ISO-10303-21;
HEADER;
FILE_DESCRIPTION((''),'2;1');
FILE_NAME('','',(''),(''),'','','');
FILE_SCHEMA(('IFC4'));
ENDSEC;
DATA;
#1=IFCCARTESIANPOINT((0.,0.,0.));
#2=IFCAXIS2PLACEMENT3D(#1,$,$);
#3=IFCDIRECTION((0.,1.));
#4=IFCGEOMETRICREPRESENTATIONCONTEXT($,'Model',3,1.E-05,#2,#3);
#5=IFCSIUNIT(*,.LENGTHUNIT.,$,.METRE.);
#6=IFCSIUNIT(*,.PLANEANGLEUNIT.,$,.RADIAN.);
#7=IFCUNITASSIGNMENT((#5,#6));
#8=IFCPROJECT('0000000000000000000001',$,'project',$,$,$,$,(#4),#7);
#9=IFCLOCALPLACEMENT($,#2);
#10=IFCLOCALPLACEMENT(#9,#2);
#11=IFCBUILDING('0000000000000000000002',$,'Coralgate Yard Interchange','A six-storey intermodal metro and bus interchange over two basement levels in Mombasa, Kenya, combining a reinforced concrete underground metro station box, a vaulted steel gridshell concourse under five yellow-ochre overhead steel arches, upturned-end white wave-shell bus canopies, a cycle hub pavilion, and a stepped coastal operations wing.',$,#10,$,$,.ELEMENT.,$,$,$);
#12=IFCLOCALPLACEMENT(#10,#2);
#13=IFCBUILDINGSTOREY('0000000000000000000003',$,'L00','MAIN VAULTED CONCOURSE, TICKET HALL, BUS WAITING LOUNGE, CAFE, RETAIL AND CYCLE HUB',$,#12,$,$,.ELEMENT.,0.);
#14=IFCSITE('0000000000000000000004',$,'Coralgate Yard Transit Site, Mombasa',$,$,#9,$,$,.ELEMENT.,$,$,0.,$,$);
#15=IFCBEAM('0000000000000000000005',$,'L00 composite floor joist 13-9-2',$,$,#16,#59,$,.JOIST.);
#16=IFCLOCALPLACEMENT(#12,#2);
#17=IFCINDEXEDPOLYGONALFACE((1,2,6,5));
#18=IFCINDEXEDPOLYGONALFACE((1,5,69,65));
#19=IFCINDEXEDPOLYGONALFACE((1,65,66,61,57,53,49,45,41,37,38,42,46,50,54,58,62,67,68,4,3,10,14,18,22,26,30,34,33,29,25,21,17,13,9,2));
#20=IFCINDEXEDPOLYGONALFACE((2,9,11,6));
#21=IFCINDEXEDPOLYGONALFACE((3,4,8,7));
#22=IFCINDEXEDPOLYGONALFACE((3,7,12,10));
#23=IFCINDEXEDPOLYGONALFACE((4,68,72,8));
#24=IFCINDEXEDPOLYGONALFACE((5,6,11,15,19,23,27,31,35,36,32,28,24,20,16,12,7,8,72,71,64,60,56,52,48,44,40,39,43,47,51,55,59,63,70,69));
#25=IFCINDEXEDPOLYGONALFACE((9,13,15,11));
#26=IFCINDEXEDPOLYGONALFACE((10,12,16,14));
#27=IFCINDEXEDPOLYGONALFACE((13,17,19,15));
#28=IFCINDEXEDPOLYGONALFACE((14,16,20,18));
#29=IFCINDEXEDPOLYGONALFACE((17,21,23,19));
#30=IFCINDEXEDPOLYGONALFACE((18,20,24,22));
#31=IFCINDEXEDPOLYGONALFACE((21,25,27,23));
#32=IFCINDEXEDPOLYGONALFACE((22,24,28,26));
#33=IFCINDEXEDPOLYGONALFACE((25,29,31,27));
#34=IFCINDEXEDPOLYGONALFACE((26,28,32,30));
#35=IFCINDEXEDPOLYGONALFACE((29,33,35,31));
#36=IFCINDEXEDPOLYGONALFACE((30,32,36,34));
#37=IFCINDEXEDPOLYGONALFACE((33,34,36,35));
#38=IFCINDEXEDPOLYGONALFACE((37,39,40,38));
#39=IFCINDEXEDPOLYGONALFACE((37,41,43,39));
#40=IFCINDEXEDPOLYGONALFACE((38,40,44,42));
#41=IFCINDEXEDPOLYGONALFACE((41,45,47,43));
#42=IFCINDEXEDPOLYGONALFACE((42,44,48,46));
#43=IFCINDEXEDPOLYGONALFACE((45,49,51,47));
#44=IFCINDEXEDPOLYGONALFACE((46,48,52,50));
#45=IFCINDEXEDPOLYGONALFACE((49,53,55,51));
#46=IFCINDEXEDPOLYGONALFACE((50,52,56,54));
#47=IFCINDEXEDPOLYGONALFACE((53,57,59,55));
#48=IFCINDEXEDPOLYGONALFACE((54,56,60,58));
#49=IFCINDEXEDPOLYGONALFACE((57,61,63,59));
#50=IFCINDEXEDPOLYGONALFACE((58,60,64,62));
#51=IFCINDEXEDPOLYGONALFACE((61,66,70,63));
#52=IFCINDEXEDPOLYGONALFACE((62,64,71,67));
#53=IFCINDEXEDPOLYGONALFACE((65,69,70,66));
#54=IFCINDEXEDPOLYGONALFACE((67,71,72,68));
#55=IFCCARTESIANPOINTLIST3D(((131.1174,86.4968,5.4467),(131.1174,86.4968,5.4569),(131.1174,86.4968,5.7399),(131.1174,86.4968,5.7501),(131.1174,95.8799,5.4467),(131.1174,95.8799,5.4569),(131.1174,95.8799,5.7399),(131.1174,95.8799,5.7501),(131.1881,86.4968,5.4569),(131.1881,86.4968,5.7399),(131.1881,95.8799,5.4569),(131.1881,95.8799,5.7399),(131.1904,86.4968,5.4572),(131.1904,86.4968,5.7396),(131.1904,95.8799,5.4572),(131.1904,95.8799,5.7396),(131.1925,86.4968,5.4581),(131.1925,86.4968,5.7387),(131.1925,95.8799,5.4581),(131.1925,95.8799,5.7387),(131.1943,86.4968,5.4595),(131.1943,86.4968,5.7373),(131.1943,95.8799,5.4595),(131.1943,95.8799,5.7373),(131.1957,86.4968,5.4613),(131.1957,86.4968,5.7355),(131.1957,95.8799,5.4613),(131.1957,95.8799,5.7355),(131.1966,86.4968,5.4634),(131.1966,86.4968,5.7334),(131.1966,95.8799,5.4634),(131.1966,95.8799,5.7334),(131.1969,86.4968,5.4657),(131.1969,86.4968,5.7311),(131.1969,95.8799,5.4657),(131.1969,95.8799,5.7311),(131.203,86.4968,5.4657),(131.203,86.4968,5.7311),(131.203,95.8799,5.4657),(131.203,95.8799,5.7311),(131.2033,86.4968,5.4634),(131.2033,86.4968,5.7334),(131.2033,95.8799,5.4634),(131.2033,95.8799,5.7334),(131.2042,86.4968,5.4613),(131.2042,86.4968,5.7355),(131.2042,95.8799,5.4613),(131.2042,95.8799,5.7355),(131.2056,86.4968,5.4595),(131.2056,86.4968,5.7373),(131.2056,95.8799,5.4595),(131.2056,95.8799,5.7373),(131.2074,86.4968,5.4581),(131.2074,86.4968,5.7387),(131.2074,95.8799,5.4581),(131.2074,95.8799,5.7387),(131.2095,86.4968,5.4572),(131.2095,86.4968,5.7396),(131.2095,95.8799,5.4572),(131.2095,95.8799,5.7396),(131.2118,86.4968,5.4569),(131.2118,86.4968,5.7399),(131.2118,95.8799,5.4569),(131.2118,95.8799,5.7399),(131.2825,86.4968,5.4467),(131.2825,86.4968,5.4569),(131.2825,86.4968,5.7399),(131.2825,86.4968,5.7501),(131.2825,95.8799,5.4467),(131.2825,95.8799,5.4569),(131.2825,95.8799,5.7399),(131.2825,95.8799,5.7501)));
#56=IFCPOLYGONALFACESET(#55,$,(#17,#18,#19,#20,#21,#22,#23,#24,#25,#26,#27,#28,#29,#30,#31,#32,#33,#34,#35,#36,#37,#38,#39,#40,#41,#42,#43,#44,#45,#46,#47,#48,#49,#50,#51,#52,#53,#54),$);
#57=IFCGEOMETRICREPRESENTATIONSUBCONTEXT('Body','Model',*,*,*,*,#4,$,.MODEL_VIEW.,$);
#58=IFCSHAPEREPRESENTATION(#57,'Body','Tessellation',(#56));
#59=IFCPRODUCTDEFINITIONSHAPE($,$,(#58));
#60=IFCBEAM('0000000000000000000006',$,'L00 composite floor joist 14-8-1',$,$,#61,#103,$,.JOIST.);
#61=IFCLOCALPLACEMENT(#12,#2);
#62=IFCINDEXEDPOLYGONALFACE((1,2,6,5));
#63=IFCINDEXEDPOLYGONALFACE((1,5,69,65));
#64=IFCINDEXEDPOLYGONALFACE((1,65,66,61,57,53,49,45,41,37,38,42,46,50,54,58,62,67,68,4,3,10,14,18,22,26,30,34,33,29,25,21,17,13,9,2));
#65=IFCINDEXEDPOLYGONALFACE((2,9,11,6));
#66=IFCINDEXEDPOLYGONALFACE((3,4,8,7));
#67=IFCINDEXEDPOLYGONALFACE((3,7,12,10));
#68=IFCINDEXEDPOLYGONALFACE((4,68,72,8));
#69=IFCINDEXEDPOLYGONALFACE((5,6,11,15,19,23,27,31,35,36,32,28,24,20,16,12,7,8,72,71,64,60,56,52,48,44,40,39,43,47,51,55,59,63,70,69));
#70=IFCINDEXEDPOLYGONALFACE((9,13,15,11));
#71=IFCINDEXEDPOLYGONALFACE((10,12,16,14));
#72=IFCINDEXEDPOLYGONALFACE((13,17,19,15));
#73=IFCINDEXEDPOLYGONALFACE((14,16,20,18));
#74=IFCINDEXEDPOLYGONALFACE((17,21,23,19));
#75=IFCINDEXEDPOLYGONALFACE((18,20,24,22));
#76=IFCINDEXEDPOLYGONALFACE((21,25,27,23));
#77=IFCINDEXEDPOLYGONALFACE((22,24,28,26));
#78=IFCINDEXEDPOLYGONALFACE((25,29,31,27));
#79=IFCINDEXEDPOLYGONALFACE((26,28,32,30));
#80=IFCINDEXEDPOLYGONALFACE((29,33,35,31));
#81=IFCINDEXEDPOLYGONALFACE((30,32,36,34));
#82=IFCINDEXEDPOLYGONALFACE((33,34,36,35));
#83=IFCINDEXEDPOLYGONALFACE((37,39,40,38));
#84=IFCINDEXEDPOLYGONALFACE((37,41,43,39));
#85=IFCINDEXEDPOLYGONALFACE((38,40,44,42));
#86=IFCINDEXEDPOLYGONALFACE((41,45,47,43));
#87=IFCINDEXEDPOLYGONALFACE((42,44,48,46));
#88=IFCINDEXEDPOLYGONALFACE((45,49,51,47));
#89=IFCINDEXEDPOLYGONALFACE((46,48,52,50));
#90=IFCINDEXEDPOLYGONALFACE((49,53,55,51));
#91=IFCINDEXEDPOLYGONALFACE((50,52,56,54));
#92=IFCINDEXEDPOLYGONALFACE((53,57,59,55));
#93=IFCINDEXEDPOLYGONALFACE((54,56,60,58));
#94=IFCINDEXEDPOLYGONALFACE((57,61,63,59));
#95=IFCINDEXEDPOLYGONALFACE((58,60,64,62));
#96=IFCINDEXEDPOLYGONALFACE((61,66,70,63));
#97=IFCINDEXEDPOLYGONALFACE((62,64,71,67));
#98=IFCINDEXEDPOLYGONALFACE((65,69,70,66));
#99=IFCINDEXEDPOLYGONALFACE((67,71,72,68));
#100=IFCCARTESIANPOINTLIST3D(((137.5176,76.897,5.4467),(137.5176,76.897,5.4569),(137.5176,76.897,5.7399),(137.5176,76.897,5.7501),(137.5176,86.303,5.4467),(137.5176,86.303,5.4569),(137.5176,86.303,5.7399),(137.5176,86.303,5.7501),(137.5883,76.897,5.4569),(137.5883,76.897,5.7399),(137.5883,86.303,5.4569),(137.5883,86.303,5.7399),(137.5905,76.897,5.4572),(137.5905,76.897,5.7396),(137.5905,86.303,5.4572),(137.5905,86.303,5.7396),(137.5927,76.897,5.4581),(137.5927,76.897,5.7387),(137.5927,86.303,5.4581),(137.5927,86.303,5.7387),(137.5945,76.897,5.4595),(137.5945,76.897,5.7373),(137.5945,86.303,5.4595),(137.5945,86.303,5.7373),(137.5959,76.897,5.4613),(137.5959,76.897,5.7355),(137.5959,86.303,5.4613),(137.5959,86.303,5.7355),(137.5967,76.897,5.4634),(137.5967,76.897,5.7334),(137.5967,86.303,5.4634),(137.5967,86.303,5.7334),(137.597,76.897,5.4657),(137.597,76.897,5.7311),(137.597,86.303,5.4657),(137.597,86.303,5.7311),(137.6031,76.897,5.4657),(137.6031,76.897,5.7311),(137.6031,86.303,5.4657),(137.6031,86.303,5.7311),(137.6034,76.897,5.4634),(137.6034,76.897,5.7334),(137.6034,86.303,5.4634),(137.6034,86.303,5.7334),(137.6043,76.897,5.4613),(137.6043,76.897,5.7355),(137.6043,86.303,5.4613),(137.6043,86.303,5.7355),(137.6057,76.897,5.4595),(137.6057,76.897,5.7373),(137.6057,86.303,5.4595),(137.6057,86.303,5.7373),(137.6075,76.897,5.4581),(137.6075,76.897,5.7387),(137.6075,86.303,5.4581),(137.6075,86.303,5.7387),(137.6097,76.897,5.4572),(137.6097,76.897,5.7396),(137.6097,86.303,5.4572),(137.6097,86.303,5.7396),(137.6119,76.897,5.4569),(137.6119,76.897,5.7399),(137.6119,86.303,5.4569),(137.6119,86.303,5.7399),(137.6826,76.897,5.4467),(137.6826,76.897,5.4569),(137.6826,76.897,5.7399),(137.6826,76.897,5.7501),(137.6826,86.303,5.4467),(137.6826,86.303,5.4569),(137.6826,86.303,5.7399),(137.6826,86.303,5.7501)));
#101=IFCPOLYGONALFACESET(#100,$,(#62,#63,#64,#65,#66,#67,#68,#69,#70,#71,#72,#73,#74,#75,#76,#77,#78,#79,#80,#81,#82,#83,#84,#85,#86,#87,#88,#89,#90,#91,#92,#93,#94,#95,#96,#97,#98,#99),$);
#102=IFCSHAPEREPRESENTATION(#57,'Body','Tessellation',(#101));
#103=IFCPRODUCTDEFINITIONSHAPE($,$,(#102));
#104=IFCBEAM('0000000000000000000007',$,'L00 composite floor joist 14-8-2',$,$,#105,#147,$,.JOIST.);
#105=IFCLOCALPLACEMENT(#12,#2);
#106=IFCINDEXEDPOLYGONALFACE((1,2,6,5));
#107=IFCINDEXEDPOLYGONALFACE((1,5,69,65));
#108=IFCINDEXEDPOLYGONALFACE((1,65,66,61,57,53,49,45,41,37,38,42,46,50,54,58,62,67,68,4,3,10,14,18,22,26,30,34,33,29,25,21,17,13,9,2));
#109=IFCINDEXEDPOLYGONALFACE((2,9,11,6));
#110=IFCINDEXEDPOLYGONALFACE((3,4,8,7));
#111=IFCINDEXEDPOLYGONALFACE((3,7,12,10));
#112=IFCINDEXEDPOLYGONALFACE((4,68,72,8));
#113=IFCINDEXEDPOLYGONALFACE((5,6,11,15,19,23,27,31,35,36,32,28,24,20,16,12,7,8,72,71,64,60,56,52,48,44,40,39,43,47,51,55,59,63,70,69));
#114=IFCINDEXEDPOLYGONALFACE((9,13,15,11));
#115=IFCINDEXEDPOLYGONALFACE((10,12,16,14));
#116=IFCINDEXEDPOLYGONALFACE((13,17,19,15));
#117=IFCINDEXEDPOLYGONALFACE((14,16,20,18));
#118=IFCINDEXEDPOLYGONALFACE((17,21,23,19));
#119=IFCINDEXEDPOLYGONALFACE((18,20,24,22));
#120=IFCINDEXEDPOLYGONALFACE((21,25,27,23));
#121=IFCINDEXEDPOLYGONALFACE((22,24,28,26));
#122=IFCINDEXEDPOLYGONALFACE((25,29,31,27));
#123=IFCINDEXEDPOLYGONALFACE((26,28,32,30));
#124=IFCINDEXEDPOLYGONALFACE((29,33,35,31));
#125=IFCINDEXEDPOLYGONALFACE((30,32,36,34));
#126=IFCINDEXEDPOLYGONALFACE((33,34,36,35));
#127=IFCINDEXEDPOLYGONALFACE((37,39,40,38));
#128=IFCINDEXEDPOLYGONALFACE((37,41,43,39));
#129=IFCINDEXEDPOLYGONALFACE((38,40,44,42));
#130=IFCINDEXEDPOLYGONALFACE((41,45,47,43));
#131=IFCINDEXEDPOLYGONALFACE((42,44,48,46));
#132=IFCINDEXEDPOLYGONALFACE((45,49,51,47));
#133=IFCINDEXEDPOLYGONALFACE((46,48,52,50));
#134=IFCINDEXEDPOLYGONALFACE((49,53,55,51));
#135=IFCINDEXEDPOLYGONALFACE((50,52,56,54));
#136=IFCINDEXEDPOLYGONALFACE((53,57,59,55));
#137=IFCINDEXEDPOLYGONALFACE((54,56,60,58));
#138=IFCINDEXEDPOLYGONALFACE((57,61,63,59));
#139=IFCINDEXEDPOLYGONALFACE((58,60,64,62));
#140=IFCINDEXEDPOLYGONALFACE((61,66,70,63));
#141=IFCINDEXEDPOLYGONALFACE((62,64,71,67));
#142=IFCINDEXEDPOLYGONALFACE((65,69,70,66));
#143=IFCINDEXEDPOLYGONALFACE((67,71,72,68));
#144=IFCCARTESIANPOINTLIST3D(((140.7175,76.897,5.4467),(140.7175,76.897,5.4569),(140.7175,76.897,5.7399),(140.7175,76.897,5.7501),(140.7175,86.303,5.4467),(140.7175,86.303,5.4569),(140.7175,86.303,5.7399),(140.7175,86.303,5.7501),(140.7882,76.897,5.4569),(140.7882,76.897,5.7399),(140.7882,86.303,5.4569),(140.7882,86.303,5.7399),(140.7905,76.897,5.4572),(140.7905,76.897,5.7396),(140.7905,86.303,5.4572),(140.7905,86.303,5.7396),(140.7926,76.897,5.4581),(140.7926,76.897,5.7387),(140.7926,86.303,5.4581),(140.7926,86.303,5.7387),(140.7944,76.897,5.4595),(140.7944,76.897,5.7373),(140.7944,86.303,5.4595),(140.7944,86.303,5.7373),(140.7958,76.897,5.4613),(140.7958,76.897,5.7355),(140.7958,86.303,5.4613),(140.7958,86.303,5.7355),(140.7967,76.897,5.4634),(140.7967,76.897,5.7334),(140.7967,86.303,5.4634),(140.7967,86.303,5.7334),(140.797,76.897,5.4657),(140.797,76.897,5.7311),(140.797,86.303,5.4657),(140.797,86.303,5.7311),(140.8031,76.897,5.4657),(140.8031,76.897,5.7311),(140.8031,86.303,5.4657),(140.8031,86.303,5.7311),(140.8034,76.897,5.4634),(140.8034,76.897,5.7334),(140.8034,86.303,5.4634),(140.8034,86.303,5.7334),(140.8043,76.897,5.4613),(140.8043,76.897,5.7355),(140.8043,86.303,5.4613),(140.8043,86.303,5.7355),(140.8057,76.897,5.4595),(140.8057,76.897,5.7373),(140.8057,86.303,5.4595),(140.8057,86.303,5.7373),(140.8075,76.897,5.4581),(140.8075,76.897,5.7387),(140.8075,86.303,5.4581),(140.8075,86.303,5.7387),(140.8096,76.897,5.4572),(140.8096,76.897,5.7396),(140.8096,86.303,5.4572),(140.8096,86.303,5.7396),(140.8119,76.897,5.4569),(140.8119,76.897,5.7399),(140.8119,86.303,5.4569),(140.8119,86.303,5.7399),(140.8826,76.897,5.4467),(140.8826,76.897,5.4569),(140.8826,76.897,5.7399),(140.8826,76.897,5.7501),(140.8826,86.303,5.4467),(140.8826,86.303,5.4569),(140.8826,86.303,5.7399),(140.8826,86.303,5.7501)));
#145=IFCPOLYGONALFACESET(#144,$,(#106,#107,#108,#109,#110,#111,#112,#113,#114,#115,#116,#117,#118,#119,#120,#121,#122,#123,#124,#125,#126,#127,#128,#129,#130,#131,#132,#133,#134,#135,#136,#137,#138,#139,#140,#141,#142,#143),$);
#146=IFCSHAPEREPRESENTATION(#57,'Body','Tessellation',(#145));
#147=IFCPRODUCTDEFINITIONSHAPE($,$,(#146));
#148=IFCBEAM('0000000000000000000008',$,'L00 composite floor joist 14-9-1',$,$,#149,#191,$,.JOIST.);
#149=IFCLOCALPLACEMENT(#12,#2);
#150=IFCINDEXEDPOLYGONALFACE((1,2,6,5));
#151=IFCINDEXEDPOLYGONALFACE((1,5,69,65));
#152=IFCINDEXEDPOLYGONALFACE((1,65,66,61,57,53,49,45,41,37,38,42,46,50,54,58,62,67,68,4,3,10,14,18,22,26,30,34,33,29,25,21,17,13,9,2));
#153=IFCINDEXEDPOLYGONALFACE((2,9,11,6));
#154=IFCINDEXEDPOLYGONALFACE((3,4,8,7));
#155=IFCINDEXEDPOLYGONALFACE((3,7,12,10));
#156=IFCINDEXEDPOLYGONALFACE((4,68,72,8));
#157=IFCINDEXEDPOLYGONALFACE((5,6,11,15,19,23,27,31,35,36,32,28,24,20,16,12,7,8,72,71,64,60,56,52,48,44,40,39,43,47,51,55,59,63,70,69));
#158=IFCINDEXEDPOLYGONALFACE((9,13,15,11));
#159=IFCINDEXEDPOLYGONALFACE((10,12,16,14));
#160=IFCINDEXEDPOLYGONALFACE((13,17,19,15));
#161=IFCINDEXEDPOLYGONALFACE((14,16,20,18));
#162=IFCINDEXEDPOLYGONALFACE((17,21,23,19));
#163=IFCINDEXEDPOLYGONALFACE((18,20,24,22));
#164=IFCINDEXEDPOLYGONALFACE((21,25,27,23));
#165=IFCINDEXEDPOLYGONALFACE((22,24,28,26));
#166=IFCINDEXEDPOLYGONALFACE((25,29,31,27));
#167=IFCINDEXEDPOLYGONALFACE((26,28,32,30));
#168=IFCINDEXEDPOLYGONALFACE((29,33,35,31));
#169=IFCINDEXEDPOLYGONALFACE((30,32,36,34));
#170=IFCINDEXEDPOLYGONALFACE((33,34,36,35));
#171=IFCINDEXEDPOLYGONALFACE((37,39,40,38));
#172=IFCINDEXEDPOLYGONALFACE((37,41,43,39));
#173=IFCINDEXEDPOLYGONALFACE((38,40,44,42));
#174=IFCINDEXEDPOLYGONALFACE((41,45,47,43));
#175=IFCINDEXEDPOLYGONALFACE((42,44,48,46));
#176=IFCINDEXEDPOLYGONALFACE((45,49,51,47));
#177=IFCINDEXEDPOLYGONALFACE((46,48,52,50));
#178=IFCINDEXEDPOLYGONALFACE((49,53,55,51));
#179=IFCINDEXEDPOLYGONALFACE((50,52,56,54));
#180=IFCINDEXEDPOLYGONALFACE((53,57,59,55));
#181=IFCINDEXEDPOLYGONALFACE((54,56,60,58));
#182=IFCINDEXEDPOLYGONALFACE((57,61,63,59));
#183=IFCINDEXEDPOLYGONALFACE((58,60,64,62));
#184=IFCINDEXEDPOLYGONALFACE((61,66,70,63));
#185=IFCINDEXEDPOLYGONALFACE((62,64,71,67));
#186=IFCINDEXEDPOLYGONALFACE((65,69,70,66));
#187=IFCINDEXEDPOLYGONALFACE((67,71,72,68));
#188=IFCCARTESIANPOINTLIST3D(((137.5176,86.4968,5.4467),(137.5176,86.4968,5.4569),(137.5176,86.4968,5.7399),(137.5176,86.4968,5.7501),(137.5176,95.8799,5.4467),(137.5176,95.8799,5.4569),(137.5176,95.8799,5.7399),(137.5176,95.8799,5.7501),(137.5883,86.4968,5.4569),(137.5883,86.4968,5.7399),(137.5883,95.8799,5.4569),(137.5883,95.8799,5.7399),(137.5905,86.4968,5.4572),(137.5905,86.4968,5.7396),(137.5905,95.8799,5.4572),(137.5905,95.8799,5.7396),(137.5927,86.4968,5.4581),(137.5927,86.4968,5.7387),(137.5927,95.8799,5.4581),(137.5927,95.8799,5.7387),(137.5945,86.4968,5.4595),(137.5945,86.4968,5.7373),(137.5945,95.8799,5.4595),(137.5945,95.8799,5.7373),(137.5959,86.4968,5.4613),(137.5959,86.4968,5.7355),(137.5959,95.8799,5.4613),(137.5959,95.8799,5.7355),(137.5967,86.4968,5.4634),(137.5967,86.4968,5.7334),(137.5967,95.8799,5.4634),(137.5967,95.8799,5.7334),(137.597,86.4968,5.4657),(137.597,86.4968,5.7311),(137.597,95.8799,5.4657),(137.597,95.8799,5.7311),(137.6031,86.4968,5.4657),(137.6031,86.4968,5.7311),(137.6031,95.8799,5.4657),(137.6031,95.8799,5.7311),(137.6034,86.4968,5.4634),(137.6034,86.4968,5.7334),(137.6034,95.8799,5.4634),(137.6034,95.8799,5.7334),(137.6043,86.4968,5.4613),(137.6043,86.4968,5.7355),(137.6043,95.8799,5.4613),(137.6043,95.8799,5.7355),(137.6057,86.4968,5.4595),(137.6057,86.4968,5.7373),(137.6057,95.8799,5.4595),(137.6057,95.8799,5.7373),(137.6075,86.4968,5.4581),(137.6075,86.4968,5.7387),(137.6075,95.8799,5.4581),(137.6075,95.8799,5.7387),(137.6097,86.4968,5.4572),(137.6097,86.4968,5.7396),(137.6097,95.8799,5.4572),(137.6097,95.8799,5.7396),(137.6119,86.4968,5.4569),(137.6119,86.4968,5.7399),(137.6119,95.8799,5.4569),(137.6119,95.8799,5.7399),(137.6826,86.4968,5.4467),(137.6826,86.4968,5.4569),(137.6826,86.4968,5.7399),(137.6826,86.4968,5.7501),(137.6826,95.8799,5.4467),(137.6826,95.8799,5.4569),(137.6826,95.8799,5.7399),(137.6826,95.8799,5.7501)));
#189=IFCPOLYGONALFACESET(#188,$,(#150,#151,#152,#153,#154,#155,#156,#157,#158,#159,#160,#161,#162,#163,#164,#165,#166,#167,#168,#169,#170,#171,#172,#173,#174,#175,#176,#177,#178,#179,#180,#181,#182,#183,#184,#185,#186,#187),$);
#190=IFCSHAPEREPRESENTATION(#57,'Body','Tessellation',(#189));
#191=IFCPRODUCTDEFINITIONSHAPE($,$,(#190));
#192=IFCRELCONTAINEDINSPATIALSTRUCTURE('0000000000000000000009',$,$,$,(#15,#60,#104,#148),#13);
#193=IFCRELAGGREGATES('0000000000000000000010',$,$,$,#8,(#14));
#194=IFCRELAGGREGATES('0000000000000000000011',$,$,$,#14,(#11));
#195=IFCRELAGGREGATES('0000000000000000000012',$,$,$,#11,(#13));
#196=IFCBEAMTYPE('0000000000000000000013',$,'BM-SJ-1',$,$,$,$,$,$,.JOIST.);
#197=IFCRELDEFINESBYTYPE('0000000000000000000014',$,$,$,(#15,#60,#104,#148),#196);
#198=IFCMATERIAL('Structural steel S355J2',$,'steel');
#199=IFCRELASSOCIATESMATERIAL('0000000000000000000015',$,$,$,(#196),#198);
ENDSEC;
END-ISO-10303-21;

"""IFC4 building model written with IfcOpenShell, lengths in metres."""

from ifc_helpers import new_model, si_unit, direction, frame, origin, origin_2d, place, context, subcontext, project, spatial, i_section, extrude, material, material_profile, profile_set, type_object, element, save


model = new_model("IFC4")

# Units and contexts
model_context = context("Model", 3, precision=1e-05, world=origin(), true_north=direction((0.0, 1.0)))
body_context = subcontext(model_context, "Body", "Model", "MODEL_VIEW")
ifc_project = project(units=[si_unit("LENGTHUNIT", "METRE"), si_unit("PLANEANGLEUNIT", "RADIAN")], contexts=[model_context])

# Site, building, storey
site_placement = place(None, origin())
site = spatial("IfcSite", under=ifc_project, at=site_placement, Name="Coralgate Yard Transit Site, Mombasa", CompositionType="ELEMENT", RefElevation=0.0)
building_placement = place(site_placement, origin())
building = spatial("IfcBuilding", under=site, at=building_placement, Name="Coralgate Yard Interchange", Description="A six-storey intermodal metro and bus interchange over two basement levels in Mombasa, Kenya, combining a reinforced concrete underground metro station box, a vaulted steel gridshell concourse under five yellow-ochre overhead steel arches, upturned-end white wave-shell bus canopies, a cycle hub pavilion, and a stepped coastal operations wing.", CompositionType="ELEMENT")
storey_placement = place(building_placement, origin())
storey = spatial("IfcBuildingStorey", under=building, at=storey_placement, Name="L00", Description="MAIN VAULTED CONCOURSE, TICKET HALL, BUS WAITING LOUNGE, CAFE, RETAIL AND CYCLE HUB", CompositionType="ELEMENT", Elevation=0.0)

# Shared definitions
ifc_material_1 = material(Name="Structural steel S355J2", Category="steel")

# Beams
ifc_material_profile_1 = material_profile(ifc_material_1, i_section(OverallWidth=0.165, OverallDepth=0.3035, WebThickness=0.0061, FlangeThickness=0.0103, FilletRadius=0.0088, at=origin_2d()), Name="UB 305x165x40")
ifc_profile_set_1 = profile_set([ifc_material_profile_1], Name="Structural steel S355J2")
beam_type_1 = type_object("IfcBeamType", Name="BM-SJ-1", PredefinedType="JOIST", material=ifc_profile_set_1)
beam_1_placement = place(storey_placement, frame((131.2, 86.4968, 5.5984), z_axis=(0.0, 1.0, 0.0), x_axis=(-1.0, 0.0, 0.0)))
element("IfcBeam", 1, at=beam_1_placement, inside=storey, type_object=beam_type_1, Name="L00 composite floor joist 13-9-2", PredefinedType="JOIST", context=body_context, shape_type="SweptSolid", body=[
    extrude(i_section(OverallWidth=0.165, OverallDepth=0.3035, WebThickness=0.0061, FlangeThickness=0.0103, FilletRadius=0.0088, at=origin_2d()), origin(), (0.0, 0.0, 1.0), 9.3831),
])
for number, where, z_axis, x_axis, name in (
    (2, (137.6001, 76.897, 5.5984), (0.0, 1.0, 0.0), (-1.0, 0.0, 0.0), "L00 composite floor joist 14-8-1"),
    (3, (140.8, 76.897, 5.5984), (0.0, 1.0, 0.0), (-1.0, 0.0, 0.0), "L00 composite floor joist 14-8-2"),
):
    element("IfcBeam", number, at=place(storey_placement, frame(where, z_axis=z_axis, x_axis=x_axis)), inside=storey, type_object=beam_type_1, Name=name, PredefinedType="JOIST", context=body_context, shape_type="SweptSolid", body=[
        extrude(i_section(OverallWidth=0.165, OverallDepth=0.3035, WebThickness=0.0061, FlangeThickness=0.0103, FilletRadius=0.0088, at=origin_2d()), origin(), (0.0, 0.0, 1.0), 9.406),
    ])
for number, where, z_axis, x_axis, name in (
    (4, (137.6001, 86.4968, 5.5984), (0.0, 1.0, 0.0), (-1.0, 0.0, 0.0), "L00 composite floor joist 14-9-1"),
):
    element("IfcBeam", number, at=place(storey_placement, frame(where, z_axis=z_axis, x_axis=x_axis)), inside=storey, type_object=beam_type_1, Name=name, PredefinedType="JOIST", context=body_context, shape_type="SweptSolid", body=[
        extrude(i_section(OverallWidth=0.165, OverallDepth=0.3035, WebThickness=0.0061, FlangeThickness=0.0103, FilletRadius=0.0088, at=origin_2d()), origin(), (0.0, 0.0, 1.0), 9.3831),
    ])

save(model, "model.ifc")
